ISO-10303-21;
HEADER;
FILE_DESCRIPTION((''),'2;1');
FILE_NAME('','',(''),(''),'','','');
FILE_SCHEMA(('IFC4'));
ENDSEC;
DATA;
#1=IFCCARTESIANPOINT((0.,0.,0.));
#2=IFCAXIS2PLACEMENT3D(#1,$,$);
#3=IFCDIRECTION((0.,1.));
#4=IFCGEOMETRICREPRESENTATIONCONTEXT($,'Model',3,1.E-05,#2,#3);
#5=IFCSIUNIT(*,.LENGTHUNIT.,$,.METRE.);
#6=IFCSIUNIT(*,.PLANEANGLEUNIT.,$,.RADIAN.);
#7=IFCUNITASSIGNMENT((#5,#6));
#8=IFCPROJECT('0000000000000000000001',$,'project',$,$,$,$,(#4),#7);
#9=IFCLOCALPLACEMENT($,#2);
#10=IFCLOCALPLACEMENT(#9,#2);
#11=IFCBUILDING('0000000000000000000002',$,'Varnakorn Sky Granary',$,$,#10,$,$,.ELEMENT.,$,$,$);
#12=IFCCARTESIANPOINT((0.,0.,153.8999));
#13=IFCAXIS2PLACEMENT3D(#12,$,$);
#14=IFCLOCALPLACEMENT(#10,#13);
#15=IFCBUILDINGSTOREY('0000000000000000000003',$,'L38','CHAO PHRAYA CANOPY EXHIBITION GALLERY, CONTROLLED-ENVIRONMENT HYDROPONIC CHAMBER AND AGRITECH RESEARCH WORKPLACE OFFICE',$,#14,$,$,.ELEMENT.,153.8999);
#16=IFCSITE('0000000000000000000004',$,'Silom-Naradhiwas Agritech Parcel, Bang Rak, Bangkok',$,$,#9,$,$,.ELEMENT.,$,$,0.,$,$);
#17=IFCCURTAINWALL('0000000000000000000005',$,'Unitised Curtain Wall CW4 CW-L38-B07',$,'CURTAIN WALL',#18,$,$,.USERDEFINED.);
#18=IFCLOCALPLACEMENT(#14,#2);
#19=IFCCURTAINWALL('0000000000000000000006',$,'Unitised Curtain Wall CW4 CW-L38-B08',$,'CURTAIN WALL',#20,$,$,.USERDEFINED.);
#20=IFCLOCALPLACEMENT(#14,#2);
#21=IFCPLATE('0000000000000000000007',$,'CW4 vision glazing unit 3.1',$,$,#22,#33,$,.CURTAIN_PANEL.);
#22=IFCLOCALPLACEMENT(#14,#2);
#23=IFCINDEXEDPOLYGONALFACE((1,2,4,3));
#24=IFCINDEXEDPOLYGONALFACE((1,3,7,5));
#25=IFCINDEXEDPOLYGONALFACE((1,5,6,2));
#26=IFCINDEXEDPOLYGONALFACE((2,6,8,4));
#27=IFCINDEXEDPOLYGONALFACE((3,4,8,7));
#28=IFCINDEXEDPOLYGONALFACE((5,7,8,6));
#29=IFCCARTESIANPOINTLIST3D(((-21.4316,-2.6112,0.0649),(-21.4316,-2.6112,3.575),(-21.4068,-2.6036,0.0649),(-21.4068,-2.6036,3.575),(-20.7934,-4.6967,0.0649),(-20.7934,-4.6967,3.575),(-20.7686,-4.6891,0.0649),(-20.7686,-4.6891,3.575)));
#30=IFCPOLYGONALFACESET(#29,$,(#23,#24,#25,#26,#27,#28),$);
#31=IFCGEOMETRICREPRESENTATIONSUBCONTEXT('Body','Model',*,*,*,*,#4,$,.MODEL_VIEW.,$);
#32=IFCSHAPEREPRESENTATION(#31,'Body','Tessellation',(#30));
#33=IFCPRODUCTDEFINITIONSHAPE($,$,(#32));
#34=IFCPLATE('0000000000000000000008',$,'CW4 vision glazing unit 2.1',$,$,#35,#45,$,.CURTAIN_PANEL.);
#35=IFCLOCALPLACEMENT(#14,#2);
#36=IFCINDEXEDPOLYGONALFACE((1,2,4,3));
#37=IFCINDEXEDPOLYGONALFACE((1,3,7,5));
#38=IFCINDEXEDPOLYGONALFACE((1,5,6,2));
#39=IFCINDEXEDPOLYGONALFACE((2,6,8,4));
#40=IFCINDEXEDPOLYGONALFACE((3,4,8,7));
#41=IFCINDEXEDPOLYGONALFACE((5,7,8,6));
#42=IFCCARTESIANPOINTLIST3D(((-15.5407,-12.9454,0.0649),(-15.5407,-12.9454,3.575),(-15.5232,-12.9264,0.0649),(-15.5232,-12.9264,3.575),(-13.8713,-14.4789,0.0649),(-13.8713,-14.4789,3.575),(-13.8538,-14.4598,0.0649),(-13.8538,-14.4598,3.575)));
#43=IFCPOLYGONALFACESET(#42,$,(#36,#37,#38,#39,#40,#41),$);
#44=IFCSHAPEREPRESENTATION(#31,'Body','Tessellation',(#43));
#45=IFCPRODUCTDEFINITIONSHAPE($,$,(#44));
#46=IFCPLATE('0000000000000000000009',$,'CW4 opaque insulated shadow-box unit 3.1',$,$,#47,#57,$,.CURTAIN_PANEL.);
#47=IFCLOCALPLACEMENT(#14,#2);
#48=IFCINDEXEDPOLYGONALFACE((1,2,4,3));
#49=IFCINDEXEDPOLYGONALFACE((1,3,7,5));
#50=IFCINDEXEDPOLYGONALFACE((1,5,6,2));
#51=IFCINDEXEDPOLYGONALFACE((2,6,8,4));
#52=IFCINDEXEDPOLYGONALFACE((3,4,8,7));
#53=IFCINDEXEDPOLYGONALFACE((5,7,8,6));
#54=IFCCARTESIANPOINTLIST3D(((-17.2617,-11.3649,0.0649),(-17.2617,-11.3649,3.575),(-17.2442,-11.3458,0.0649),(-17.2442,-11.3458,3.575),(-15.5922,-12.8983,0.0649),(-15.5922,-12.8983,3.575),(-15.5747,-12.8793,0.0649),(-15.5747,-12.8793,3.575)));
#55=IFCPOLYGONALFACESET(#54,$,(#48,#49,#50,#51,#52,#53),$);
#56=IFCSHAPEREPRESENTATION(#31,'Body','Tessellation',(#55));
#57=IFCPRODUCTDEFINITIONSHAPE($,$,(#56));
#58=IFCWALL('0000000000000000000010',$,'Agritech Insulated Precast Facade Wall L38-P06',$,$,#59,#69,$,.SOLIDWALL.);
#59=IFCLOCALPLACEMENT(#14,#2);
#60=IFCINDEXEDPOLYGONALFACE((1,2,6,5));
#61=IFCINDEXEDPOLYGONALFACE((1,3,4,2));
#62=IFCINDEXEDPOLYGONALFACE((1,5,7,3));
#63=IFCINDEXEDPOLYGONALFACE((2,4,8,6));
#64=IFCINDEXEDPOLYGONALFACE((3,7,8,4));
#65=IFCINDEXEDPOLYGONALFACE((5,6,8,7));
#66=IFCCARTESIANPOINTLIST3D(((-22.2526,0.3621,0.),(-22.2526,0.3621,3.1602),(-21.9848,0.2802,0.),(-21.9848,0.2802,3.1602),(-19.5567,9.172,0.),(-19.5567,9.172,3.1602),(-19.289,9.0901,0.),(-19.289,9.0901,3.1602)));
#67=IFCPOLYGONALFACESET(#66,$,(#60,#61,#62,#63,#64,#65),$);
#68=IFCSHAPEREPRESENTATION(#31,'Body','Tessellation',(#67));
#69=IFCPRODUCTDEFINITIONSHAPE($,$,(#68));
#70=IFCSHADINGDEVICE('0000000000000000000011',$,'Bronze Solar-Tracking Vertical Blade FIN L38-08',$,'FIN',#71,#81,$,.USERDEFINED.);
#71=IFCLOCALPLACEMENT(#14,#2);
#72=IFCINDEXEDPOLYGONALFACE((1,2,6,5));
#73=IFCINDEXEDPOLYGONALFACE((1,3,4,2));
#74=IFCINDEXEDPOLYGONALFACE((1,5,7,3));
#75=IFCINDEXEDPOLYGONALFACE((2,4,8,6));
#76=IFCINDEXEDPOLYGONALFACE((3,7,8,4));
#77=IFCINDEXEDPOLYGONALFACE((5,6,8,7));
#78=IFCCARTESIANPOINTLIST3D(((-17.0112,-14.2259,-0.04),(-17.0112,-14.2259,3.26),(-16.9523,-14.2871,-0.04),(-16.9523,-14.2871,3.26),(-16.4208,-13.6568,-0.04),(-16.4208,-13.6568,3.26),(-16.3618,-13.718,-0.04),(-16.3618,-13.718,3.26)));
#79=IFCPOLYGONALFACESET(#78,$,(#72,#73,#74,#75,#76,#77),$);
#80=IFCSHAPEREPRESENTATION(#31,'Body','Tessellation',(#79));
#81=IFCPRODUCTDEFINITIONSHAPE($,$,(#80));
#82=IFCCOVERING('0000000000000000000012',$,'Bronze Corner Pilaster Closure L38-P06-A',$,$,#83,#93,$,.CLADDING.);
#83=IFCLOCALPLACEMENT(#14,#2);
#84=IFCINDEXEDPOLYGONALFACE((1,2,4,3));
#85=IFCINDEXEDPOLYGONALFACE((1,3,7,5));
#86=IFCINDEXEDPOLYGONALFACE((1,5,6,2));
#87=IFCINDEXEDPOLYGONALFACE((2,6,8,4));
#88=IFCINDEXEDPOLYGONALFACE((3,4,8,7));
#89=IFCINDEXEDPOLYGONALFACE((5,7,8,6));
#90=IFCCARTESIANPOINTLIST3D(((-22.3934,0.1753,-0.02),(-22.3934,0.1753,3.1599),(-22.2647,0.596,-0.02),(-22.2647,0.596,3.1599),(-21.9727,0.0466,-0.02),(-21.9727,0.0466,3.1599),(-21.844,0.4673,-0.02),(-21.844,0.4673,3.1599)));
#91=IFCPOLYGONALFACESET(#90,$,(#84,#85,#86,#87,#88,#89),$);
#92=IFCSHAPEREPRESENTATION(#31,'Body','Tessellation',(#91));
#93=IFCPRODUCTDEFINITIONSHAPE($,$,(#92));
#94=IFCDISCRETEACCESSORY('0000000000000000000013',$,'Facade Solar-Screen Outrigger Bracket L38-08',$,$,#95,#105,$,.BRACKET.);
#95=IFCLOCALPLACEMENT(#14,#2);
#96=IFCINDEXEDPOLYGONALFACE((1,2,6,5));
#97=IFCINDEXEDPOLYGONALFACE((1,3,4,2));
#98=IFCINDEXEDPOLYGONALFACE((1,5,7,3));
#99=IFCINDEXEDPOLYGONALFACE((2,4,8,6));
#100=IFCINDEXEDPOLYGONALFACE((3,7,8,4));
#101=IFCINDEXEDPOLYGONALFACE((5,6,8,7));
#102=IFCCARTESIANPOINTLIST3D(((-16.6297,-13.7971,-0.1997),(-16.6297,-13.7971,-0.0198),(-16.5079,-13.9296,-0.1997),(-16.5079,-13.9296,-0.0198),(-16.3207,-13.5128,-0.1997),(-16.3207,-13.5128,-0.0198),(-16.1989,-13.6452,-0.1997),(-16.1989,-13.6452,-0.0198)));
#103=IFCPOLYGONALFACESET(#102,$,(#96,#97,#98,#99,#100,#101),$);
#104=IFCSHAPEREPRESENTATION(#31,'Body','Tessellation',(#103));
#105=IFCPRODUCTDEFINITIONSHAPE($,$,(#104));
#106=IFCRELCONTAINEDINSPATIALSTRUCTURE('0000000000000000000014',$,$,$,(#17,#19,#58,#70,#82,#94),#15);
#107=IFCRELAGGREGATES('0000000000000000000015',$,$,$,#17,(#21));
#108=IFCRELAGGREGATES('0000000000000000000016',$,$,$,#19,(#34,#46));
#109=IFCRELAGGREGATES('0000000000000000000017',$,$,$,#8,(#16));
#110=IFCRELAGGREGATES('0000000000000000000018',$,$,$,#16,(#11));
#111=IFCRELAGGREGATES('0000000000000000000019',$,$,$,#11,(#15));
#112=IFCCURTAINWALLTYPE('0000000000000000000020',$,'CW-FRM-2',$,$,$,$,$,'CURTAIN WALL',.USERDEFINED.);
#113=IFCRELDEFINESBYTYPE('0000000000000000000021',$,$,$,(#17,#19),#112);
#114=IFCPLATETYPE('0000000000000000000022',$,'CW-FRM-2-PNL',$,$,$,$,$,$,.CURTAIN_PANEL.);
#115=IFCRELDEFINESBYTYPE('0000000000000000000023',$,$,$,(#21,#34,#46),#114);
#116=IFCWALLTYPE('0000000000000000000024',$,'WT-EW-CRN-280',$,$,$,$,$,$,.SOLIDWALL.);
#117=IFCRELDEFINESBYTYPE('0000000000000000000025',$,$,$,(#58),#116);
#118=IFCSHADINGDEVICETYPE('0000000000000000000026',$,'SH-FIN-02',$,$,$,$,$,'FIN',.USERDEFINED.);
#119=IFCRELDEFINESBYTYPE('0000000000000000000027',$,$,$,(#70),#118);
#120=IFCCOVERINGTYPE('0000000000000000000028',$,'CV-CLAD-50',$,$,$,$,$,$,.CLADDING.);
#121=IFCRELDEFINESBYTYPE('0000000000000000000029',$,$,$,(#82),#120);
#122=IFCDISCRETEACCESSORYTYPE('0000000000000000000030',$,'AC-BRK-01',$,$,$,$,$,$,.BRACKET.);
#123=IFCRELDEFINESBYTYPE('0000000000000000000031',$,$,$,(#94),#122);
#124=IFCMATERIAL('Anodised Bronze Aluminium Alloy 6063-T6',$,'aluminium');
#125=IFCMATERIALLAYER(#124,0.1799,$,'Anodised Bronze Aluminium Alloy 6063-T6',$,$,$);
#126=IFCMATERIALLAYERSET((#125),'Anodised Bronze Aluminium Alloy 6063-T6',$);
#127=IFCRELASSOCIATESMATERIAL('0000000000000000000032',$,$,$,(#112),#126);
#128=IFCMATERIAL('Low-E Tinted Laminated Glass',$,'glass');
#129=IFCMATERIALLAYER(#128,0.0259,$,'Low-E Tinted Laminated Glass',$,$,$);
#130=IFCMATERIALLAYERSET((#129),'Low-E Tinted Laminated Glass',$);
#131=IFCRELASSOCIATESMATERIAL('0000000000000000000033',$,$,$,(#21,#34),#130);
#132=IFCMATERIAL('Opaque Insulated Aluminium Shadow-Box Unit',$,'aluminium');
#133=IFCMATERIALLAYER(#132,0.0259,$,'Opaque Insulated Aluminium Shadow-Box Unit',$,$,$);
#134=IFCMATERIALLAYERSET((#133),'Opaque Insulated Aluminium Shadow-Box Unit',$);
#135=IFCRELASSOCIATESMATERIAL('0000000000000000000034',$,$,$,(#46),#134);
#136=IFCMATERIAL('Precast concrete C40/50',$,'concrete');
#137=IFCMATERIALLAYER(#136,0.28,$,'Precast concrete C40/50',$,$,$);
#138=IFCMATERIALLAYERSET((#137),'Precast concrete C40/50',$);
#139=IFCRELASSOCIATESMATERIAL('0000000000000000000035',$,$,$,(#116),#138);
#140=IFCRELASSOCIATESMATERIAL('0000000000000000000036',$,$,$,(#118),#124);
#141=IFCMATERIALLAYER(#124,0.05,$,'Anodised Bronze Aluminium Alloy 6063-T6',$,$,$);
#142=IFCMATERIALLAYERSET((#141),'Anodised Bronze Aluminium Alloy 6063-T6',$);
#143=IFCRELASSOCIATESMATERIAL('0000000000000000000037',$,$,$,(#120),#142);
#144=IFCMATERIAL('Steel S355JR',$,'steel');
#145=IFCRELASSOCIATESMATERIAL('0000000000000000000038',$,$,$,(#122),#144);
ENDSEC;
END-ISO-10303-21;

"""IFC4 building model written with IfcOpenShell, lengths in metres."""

from ifc_helpers import new_model, si_unit, direction, frame, frame_2d, origin, origin_2d, place, context, subcontext, project, spatial, rectangle, extrude, source, transform, mapped, material, layer, layer_set, type_object, type_shapes, element, aggregate, save


model = new_model("IFC4")

# Units and contexts
model_context = context("Model", 3, precision=1e-05, world=origin(), true_north=direction((0.0, 1.0)))
body_context = subcontext(model_context, "Body", "Model", "MODEL_VIEW")
ifc_project = project(units=[si_unit("LENGTHUNIT", "METRE"), si_unit("PLANEANGLEUNIT", "RADIAN")], contexts=[model_context])

# Site, building, storey
site_placement = place(None, origin())
site = spatial("IfcSite", under=ifc_project, at=site_placement, Name="Silom-Naradhiwas Agritech Parcel, Bang Rak, Bangkok", CompositionType="ELEMENT", RefElevation=0.0)
building_placement = place(site_placement, origin())
building = spatial("IfcBuilding", under=site, at=building_placement, Name="Varnakorn Sky Granary", CompositionType="ELEMENT")
storey_placement = place(building_placement, frame((0.0, 0.0, 153.8999)))
storey = spatial("IfcBuildingStorey", under=building, at=storey_placement, Name="L38", Description="CHAO PHRAYA CANOPY EXHIBITION GALLERY, CONTROLLED-ENVIRONMENT HYDROPONIC CHAMBER AND AGRITECH RESEARCH WORKPLACE OFFICE", CompositionType="ELEMENT", Elevation=153.8999)

# Shared definitions
ifc_material_1 = material(Name="Steel S355JR", Category="steel")

# Curtain walls
ifc_material_2 = material(Name="Anodised Bronze Aluminium Alloy 6063-T6", Category="aluminium")
ifc_layer_1 = layer(ifc_material_2, 0.1799, Name="Anodised Bronze Aluminium Alloy 6063-T6")
ifc_layer_set_1 = layer_set([ifc_layer_1], Name="Anodised Bronze Aluminium Alloy 6063-T6")
curtain_wall_type = type_object("IfcCurtainWallType", Name="CW-FRM-2", ElementType="CURTAIN WALL", PredefinedType="USERDEFINED", material=ifc_layer_set_1)
curtain_wall_1_placement = place(storey_placement, origin())
curtain_wall_1 = element("IfcCurtainWall", 1, at=curtain_wall_1_placement, inside=storey, type_object=curtain_wall_type, Name="Unitised Curtain Wall CW4 CW-L38-B07", ObjectType="CURTAIN WALL", PredefinedType="USERDEFINED")
curtain_wall_2_placement = place(storey_placement, origin())
curtain_wall_2 = element("IfcCurtainWall", 2, at=curtain_wall_2_placement, inside=storey, type_object=curtain_wall_type, Name="Unitised Curtain Wall CW4 CW-L38-B08", ObjectType="CURTAIN WALL", PredefinedType="USERDEFINED")

# Plates
ifc_material_3 = material(Name="Opaque Insulated Aluminium Shadow-Box Unit", Category="aluminium")
ifc_layer_2 = layer(ifc_material_3, 0.0259, Name="Opaque Insulated Aluminium Shadow-Box Unit")
ifc_layer_set_2 = layer_set([ifc_layer_2], Name="Opaque Insulated Aluminium Shadow-Box Unit")
plate_type = type_object("IfcPlateType", Name="CW-FRM-2-PNL", PredefinedType="CURTAIN_PANEL")
ifc_material_4 = material(Name="Low-E Tinted Laminated Glass", Category="glass")
ifc_layer_3 = layer(ifc_material_4, 0.0259, Name="Low-E Tinted Laminated Glass")
ifc_layer_set_3 = layer_set([ifc_layer_3], Name="Low-E Tinted Laminated Glass")
shared_shape_1 = source(origin(), body_context, "Body", "SweptSolid", [
    extrude(rectangle(XDim=2.1809, YDim=0.0259, at=origin_2d()), origin(), (0.0, 0.0, 1.0), 3.51),
])
plate_1_placement = place(storey_placement, frame((-21.1001, -3.6501, 0.0649), z_axis=(0.0, 0.0, 1.0), x_axis=(-0.292619, 0.956229, 0.0)))
plate_1 = element("IfcPlate", 3, at=plate_1_placement, type_object=plate_type, material=ifc_layer_set_3, Name="CW4 vision glazing unit 3.1", PredefinedType="CURTAIN_PANEL", context=body_context, shape_type="MappedRepresentation", body=[
    mapped(shared_shape_1, transform((0.0, 0.0, 0.0), x_axis=(1.0, 0.0, 0.0), y_axis=(0.0, 1.0, 0.0), z_axis=(0.0, 0.0, 1.0), scale=1.0)),
])
aggregate(curtain_wall_1, [plate_1])
shared_shape_2 = source(origin(), body_context, "Body", "SweptSolid", [
    extrude(rectangle(XDim=2.2668, YDim=0.0259, at=origin_2d()), origin(), (0.0, 0.0, 1.0), 3.51),
])
plate_2_placement = place(storey_placement, frame((-14.6973, -13.7026, 0.0649), z_axis=(0.0, 0.0, 1.0), x_axis=(-0.736469, 0.676472, 0.0)))
plate_2 = element("IfcPlate", 4, at=plate_2_placement, type_object=plate_type, material=ifc_layer_set_3, Name="CW4 vision glazing unit 2.1", PredefinedType="CURTAIN_PANEL", context=body_context, shape_type="MappedRepresentation", body=[
    mapped(shared_shape_2, transform((0.0, 0.0, 0.0), x_axis=(1.0, 0.0, 0.0), y_axis=(0.0, 1.0, 0.0), z_axis=(0.0, 0.0, 1.0), scale=1.0)),
])
plate_3_placement = place(storey_placement, frame((-16.4182, -12.1221, 0.0649), z_axis=(0.0, 0.0, 1.0), x_axis=(-0.736469, 0.676472, 0.0)))
plate_3 = element("IfcPlate", 5, at=plate_3_placement, type_object=plate_type, material=ifc_layer_set_2, Name="CW4 opaque insulated shadow-box unit 3.1", PredefinedType="CURTAIN_PANEL", context=body_context, shape_type="MappedRepresentation", body=[
    mapped(shared_shape_2, transform((0.0, 0.0, 0.0), x_axis=(1.0, 0.0, 0.0), y_axis=(0.0, 1.0, 0.0), z_axis=(0.0, 0.0, 1.0), scale=1.0)),
])
aggregate(curtain_wall_2, [plate_2, plate_3])

# Wall
ifc_material_5 = material(Name="Precast concrete C40/50", Category="concrete")
ifc_layer_4 = layer(ifc_material_5, 0.28, Name="Precast concrete C40/50")
ifc_layer_set_4 = layer_set([ifc_layer_4], Name="Precast concrete C40/50")
wall_type = type_object("IfcWallType", Name="WT-EW-CRN-280", PredefinedType="SOLIDWALL", material=ifc_layer_set_4)
wall_placement = place(storey_placement, frame((-22.1187, 0.3213, 0.0), z_axis=(0.0, 0.0, 1.0), x_axis=(0.292607, 0.956233, 0.0)))
element("IfcWall", 6, at=wall_placement, inside=storey, type_object=wall_type, Name="Agritech Insulated Precast Facade Wall L38-P06", PredefinedType="SOLIDWALL", context=body_context, shape_type="SweptSolid", body=[
    extrude(rectangle(XDim=9.2131, YDim=0.28, at=frame_2d((4.6064, 0.0))), origin(), (0.0, 0.0, 1.0), 3.1602),
])

# Shading device
shading_device_type = type_object("IfcShadingDeviceType", Name="SH-FIN-02", ElementType="FIN", PredefinedType="USERDEFINED", material=ifc_material_2)
shared_shape_3 = source(origin(), body_context, "Body", "SweptSolid", [
    extrude(rectangle(XDim=0.085, YDim=0.8201, at=origin_2d()), origin(), (0.0, 0.0, 1.0), 3.3),
])
type_shapes(shading_device_type, [shared_shape_3])
shading_device_placement = place(storey_placement, frame((-16.6865, -13.9719, -0.04), z_axis=(0.0, 0.0, 1.0), x_axis=(0.693972, -0.720002, 0.0)))
element("IfcShadingDevice", 7, at=shading_device_placement, inside=storey, type_object=shading_device_type, Name="Bronze Solar-Tracking Vertical Blade FIN L38-08", ObjectType="FIN", PredefinedType="USERDEFINED", context=body_context, shape_type="MappedRepresentation", body=[
    mapped(shared_shape_3, transform((0.0, 0.0, 0.0), x_axis=(1.0, 0.0, 0.0), y_axis=(0.0, 1.0, 0.0), z_axis=(0.0, 0.0, 1.0), scale=1.0)),
])

# Covering
ifc_layer_5 = layer(ifc_material_2, 0.05, Name="Anodised Bronze Aluminium Alloy 6063-T6")
ifc_layer_set_5 = layer_set([ifc_layer_5], Name="Anodised Bronze Aluminium Alloy 6063-T6")
covering_type = type_object("IfcCoveringType", Name="CV-CLAD-50", PredefinedType="CLADDING", material=ifc_layer_set_5)
shared_shape_4 = source(origin(), body_context, "Body", "SweptSolid", [
    extrude(rectangle(XDim=0.4399, YDim=0.4399, at=origin_2d()), origin(), (0.0, 0.0, 1.0), 3.1799),
])
type_shapes(covering_type, [shared_shape_4])
covering_placement = place(storey_placement, frame((-22.1187, 0.3213, -0.02), z_axis=(0.0, 0.0, 1.0), x_axis=(0.292539, 0.956254, 0.0)))
element("IfcCovering", 8, at=covering_placement, inside=storey, type_object=covering_type, Name="Bronze Corner Pilaster Closure L38-P06-A", PredefinedType="CLADDING", context=body_context, shape_type="MappedRepresentation", body=[
    mapped(shared_shape_4, transform((0.0, 0.0, 0.0), x_axis=(1.0, 0.0, 0.0), y_axis=(0.0, 1.0, 0.0), z_axis=(0.0, 0.0, 1.0), scale=1.0)),
])

# Discrete accessory
discrete_accessory_type = type_object("IfcDiscreteAccessoryType", Name="AC-BRK-01", PredefinedType="BRACKET", material=ifc_material_1)
shared_shape_5 = source(origin(), body_context, "Body", "SweptSolid", [
    extrude(rectangle(XDim=0.1799, YDim=0.4199, at=origin_2d()), origin(), (0.0, 0.0, 1.0), 0.1799),
])
type_shapes(discrete_accessory_type, [shared_shape_5])
discrete_accessory_placement = place(storey_placement, frame((-16.4143, -13.7212, -0.1997), z_axis=(0.0, 0.0, 1.0), x_axis=(0.677064, -0.735924, 0.0)))
element("IfcDiscreteAccessory", 9, at=discrete_accessory_placement, inside=storey, type_object=discrete_accessory_type, Name="Facade Solar-Screen Outrigger Bracket L38-08", PredefinedType="BRACKET", context=body_context, shape_type="MappedRepresentation", body=[
    mapped(shared_shape_5, transform((0.0, 0.0, 0.0), x_axis=(1.0, 0.0, 0.0), y_axis=(0.0, 1.0, 0.0), z_axis=(0.0, 0.0, 1.0), scale=1.0)),
])

save(model, "model.ifc")
